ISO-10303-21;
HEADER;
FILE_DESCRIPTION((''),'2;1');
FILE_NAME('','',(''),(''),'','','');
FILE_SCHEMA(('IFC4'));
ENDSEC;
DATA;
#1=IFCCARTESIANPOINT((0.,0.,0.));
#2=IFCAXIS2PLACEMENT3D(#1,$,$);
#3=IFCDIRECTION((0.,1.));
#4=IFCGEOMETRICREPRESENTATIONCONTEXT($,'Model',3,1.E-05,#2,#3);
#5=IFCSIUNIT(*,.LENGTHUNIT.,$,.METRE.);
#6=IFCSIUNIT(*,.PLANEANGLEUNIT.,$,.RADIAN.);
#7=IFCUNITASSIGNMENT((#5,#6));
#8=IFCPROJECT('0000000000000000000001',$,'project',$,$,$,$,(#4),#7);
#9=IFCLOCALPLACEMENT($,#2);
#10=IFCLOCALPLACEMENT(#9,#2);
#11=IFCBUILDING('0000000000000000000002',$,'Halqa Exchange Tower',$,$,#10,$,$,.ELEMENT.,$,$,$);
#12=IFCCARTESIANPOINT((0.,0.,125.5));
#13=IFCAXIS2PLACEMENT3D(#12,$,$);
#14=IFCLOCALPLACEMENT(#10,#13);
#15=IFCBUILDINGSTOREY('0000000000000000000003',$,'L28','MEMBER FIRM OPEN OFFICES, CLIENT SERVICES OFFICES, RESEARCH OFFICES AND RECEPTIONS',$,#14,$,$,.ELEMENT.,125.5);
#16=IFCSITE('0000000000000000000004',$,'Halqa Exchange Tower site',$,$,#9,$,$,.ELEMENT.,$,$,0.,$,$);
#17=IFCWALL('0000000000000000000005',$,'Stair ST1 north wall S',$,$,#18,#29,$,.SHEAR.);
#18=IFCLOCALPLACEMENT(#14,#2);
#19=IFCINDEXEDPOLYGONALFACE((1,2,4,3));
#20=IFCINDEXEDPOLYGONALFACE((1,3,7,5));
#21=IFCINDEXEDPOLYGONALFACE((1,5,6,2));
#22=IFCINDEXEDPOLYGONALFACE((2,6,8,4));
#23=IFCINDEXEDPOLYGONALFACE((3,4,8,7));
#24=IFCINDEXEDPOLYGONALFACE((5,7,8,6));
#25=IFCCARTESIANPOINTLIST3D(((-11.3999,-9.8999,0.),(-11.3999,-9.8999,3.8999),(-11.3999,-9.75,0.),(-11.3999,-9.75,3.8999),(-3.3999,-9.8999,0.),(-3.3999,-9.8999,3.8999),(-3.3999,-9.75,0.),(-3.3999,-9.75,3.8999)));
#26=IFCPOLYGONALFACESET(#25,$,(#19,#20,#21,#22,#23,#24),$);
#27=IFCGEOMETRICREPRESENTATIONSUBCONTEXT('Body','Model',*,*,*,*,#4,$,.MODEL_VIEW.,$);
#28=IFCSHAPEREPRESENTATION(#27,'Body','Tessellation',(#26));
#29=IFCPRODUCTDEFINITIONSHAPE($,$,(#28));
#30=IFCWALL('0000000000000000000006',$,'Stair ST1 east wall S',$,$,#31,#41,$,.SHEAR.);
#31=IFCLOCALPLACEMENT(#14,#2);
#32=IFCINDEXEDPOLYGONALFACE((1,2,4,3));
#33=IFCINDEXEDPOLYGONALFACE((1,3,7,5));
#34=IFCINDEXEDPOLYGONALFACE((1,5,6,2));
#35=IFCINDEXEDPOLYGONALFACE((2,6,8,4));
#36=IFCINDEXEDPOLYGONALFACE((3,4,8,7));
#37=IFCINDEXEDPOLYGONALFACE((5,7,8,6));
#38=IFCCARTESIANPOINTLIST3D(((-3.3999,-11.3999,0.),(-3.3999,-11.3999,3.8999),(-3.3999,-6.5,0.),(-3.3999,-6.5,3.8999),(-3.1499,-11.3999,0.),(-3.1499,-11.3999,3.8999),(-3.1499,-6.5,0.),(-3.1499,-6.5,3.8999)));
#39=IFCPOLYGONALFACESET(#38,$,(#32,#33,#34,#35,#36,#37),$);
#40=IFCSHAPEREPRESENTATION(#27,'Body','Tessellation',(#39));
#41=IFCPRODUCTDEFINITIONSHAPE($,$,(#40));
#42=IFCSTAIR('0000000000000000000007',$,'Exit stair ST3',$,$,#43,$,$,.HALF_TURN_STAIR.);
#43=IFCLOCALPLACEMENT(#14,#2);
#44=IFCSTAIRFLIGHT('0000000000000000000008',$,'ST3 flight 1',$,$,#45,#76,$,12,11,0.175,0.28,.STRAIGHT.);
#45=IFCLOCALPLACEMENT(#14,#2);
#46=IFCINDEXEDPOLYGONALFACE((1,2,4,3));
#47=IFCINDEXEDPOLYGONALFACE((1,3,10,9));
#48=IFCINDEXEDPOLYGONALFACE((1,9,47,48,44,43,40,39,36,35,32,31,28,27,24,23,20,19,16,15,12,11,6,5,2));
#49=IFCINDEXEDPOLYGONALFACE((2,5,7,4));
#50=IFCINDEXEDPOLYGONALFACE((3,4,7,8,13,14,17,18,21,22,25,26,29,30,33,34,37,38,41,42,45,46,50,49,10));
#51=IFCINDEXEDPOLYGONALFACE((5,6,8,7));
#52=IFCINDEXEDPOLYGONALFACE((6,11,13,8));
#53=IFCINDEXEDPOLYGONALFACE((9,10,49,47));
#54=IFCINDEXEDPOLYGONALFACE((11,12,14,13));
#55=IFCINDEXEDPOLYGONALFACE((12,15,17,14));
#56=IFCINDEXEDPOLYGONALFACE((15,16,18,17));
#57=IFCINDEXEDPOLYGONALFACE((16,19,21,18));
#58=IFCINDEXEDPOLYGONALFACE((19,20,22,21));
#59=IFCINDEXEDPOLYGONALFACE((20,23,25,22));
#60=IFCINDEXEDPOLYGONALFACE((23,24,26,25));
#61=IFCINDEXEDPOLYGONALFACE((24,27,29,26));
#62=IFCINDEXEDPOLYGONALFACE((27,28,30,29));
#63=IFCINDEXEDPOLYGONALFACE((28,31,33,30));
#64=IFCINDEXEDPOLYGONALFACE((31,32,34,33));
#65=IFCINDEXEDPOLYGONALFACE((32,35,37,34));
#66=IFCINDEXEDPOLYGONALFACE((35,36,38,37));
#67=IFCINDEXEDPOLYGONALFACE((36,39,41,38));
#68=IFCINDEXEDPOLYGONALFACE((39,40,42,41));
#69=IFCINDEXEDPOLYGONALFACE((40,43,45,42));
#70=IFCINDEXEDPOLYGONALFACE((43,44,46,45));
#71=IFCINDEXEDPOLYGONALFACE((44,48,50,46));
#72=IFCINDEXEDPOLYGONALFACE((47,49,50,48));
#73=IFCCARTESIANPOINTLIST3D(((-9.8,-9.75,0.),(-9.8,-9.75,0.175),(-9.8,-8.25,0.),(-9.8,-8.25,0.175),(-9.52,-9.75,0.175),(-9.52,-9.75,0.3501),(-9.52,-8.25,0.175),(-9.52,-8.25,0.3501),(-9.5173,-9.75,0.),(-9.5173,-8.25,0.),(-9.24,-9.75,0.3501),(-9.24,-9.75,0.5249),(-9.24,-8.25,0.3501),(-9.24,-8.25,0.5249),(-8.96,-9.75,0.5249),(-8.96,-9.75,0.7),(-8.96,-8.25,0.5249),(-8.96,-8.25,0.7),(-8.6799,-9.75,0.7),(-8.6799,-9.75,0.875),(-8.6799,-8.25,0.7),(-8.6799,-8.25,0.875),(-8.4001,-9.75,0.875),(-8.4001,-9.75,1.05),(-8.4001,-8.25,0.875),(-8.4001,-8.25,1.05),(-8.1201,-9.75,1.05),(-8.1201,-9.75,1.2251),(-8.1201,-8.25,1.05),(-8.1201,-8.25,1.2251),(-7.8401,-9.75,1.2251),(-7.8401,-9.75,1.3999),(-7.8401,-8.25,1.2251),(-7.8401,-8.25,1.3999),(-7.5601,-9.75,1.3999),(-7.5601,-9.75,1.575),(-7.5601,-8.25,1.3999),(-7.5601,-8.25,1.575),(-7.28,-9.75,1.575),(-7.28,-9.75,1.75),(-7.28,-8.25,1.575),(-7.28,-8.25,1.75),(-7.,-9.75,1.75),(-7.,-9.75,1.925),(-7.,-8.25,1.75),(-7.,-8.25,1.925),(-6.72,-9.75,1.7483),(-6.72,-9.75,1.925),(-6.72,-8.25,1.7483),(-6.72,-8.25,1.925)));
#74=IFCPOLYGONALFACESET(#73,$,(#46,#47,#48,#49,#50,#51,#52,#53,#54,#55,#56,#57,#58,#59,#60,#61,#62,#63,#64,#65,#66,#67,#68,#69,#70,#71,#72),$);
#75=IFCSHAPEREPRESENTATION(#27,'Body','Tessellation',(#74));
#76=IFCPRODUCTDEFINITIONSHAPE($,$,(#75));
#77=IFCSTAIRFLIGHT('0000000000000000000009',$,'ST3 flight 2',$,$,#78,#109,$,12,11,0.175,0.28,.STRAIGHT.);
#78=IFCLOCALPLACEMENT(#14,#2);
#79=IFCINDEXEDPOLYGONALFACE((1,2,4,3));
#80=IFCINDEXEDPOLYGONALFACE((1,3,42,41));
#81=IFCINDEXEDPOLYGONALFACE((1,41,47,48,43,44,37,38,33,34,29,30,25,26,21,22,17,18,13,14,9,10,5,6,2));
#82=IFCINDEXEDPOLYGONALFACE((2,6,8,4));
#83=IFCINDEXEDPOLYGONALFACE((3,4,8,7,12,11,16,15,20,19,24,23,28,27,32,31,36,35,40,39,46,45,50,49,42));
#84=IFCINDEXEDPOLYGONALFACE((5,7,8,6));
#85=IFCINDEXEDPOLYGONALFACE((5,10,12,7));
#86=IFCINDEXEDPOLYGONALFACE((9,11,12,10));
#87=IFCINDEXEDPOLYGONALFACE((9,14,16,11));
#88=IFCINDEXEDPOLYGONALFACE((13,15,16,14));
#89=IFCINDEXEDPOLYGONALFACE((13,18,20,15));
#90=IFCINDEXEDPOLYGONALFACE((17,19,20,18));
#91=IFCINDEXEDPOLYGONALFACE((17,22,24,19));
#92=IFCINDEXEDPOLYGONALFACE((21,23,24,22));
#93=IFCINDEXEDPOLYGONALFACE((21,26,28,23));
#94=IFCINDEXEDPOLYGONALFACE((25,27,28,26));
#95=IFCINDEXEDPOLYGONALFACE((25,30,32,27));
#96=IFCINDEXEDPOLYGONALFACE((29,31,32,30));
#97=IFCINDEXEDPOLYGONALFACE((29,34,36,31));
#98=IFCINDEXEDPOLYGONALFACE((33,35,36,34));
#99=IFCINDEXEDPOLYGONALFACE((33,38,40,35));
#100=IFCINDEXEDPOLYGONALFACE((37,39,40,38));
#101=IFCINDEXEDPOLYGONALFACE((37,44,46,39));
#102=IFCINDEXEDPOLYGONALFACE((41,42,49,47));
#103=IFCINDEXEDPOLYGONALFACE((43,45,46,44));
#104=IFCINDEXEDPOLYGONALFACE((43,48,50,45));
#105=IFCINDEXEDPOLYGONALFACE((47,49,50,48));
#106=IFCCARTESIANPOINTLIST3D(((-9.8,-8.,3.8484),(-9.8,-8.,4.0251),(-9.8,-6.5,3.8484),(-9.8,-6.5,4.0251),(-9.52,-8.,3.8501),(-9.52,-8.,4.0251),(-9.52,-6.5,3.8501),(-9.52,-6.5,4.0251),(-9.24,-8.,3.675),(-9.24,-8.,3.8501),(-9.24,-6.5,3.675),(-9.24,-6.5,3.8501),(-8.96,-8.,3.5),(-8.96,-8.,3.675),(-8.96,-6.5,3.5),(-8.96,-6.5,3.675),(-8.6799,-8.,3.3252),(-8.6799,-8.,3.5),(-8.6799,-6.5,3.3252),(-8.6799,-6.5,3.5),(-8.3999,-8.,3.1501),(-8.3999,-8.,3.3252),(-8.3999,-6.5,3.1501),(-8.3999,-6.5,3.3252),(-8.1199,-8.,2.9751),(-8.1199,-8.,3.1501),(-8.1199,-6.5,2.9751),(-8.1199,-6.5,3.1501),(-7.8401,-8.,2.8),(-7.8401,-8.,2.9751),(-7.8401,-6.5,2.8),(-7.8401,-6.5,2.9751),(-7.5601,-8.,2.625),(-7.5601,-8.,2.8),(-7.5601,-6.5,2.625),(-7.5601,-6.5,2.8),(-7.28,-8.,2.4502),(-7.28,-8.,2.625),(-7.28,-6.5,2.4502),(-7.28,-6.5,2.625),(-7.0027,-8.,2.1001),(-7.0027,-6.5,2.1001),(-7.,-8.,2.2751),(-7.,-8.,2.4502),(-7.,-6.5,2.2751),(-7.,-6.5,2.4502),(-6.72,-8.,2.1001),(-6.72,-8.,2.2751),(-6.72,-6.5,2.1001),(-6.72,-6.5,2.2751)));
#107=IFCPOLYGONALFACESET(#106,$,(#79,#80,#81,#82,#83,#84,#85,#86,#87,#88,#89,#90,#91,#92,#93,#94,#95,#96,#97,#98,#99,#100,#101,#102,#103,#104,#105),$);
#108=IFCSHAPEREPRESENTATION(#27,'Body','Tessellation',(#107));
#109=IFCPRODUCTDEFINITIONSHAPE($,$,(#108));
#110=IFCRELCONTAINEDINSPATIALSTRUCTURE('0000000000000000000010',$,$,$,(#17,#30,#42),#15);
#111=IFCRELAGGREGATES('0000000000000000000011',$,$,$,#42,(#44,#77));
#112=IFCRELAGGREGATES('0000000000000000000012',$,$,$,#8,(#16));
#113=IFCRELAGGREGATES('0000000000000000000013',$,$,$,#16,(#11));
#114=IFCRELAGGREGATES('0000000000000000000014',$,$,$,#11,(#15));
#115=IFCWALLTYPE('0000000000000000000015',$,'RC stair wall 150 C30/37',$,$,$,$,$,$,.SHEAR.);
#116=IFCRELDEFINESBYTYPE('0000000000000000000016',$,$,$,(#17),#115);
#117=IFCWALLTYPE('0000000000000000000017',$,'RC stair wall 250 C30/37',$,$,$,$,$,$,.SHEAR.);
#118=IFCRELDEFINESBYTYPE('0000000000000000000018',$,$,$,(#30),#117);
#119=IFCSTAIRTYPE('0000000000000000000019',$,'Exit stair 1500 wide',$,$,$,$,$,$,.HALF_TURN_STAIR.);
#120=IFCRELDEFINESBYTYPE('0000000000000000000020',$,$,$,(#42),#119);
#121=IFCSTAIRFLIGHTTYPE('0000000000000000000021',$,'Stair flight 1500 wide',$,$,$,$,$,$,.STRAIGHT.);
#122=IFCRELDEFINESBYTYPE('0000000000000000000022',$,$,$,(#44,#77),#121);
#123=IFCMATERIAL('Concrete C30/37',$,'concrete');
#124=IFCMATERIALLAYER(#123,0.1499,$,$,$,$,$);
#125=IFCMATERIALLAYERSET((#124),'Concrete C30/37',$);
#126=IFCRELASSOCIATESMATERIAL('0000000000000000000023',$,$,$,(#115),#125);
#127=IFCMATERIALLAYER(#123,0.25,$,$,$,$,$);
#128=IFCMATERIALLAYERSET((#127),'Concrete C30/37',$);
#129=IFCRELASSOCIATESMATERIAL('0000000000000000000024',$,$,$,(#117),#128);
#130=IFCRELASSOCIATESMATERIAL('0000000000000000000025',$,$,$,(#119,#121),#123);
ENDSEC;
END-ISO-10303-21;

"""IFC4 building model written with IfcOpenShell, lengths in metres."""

from ifc_helpers import new_model, si_unit, direction, frame, frame_2d, origin, place, context, subcontext, project, spatial, polyline, rectangle, outline, extrude, material, layer, layer_set, type_object, element, aggregate, save


model = new_model("IFC4")

# Units and contexts
model_context = context("Model", 3, precision=1e-05, world=origin(), true_north=direction((0.0, 1.0)))
body_context = subcontext(model_context, "Body", "Model", "MODEL_VIEW")
ifc_project = project(units=[si_unit("LENGTHUNIT", "METRE"), si_unit("PLANEANGLEUNIT", "RADIAN")], contexts=[model_context])

# Site, building, storey
site_placement = place(None, origin())
site = spatial("IfcSite", under=ifc_project, at=site_placement, Name="Halqa Exchange Tower site", CompositionType="ELEMENT", RefElevation=0.0)
building_placement = place(site_placement, origin())
building = spatial("IfcBuilding", under=site, at=building_placement, Name="Halqa Exchange Tower", CompositionType="ELEMENT")
storey_placement = place(building_placement, frame((0.0, 0.0, 125.5)))
storey = spatial("IfcBuildingStorey", under=building, at=storey_placement, Name="L28", Description="MEMBER FIRM OPEN OFFICES, CLIENT SERVICES OFFICES, RESEARCH OFFICES AND RECEPTIONS", CompositionType="ELEMENT", Elevation=125.5)

# Walls
ifc_material_1 = material(Name="Concrete C30/37", Category="concrete")
ifc_layer_1 = layer(ifc_material_1, 0.1499)
ifc_layer_set_1 = layer_set([ifc_layer_1], Name="Concrete C30/37")
wall_type_1 = type_object("IfcWallType", Name="RC stair wall 150 C30/37", PredefinedType="SHEAR", material=ifc_layer_set_1)
wall_1_placement = place(storey_placement, frame((-11.3999, -9.825, 0.0), z_axis=(0.0, 0.0, 1.0), x_axis=(1.0, 0.0, 0.0)))
element("IfcWall", 1, at=wall_1_placement, inside=storey, type_object=wall_type_1, Name="Stair ST1 north wall S", PredefinedType="SHEAR", context=body_context, shape_type="SweptSolid", body=[
    extrude(rectangle(XDim=8.0, YDim=0.1499, at=frame_2d((4.0, 0.0))), origin(), (0.0, 0.0, 1.0), 3.8999),
])
ifc_layer_2 = layer(ifc_material_1, 0.25)
ifc_layer_set_2 = layer_set([ifc_layer_2], Name="Concrete C30/37")
wall_type_2 = type_object("IfcWallType", Name="RC stair wall 250 C30/37", PredefinedType="SHEAR", material=ifc_layer_set_2)
wall_2_placement = place(storey_placement, frame((-3.2749, -11.3999, 0.0), z_axis=(0.0, 0.0, 1.0), x_axis=(0.0, 1.0, 0.0)))
element("IfcWall", 2, at=wall_2_placement, inside=storey, type_object=wall_type_2, Name="Stair ST1 east wall S", PredefinedType="SHEAR", context=body_context, shape_type="SweptSolid", body=[
    extrude(rectangle(XDim=4.8999, YDim=0.25, at=frame_2d((2.45, 0.0))), origin(), (0.0, 0.0, 1.0), 3.8999),
])

# Stair, stair flights
stair_type = type_object("IfcStairType", Name="Exit stair 1500 wide", PredefinedType="HALF_TURN_STAIR", material=ifc_material_1)
stair_placement = place(storey_placement, origin())
stair = element("IfcStair", 3, at=stair_placement, inside=storey, type_object=stair_type, Name="Exit stair ST3", PredefinedType="HALF_TURN_STAIR")
stair_flight_type = type_object("IfcStairFlightType", Name="Stair flight 1500 wide", PredefinedType="STRAIGHT", material=ifc_material_1)
stair_flight_1_placement = place(storey_placement, frame((-9.8, -9.0, 0.0), z_axis=(0.0, 0.0, 1.0), x_axis=(1.0, 0.0, 0.0)))
stair_flight_1 = element("IfcStairFlight", 4, at=stair_flight_1_placement, type_object=stair_flight_type, Name="ST3 flight 1", NumberOfRisers=12, NumberOfTreads=11, PredefinedType="STRAIGHT", RiserHeight=0.175, TreadLength=0.28, context=body_context, shape_type="SweptSolid", body=[
    extrude(outline(polyline([(0.0, 0.0), (0.0, 0.175), (0.28, 0.175), (0.28, 0.3501), (0.5601, 0.3501), (0.5601, 0.5249), (0.8401, 0.5249), (0.8401, 0.7), (1.1201, 0.7), (1.1201, 0.875), (1.3999, 0.875), (1.3999, 1.05), (1.6799, 1.05), (1.6799, 1.2251), (1.96, 1.2251), (1.96, 1.3999), (2.24, 1.3999), (2.24, 1.575), (2.52, 1.575), (2.52, 1.75), (2.8, 1.75), (2.8, 1.925), (3.0801, 1.925), (3.0801, 2.1001), (3.0801, 1.7483), (0.2827, 0.0), (0.0, 0.0)])), frame((0.0, 0.75, 0.0), z_axis=(0.0, -1.0, 0.0), x_axis=(1.0, 0.0, 0.0)), (0.0, 0.0, 1.0), 1.5),
])
stair_flight_2_placement = place(storey_placement, frame((-6.72, -7.25, 2.1001), z_axis=(0.0, 0.0, 1.0), x_axis=(-1.0, 0.0, 0.0)))
stair_flight_2 = element("IfcStairFlight", 5, at=stair_flight_2_placement, type_object=stair_flight_type, Name="ST3 flight 2", NumberOfRisers=12, NumberOfTreads=11, PredefinedType="STRAIGHT", RiserHeight=0.175, TreadLength=0.28, context=body_context, shape_type="SweptSolid", body=[
    extrude(outline(polyline([(0.0, 0.0), (0.0, 0.175), (0.28, 0.175), (0.28, 0.3501), (0.5601, 0.3501), (0.5601, 0.5249), (0.8401, 0.5249), (0.8401, 0.7), (1.1201, 0.7), (1.1201, 0.875), (1.3999, 0.875), (1.3999, 1.05), (1.6799, 1.05), (1.6799, 1.2251), (1.96, 1.2251), (1.96, 1.3999), (2.24, 1.3999), (2.24, 1.575), (2.52, 1.575), (2.52, 1.75), (2.8, 1.75), (2.8, 1.925), (3.0801, 1.925), (3.0801, 2.1001), (3.0801, 1.7483), (0.2827, 0.0), (0.0, 0.0)])), frame((0.0, 0.75, 0.0), z_axis=(0.0, -1.0, 0.0), x_axis=(1.0, 0.0, 0.0)), (0.0, 0.0, 1.0), 1.5),
])
aggregate(stair, [stair_flight_1, stair_flight_2])

save(model, "model.ifc")
